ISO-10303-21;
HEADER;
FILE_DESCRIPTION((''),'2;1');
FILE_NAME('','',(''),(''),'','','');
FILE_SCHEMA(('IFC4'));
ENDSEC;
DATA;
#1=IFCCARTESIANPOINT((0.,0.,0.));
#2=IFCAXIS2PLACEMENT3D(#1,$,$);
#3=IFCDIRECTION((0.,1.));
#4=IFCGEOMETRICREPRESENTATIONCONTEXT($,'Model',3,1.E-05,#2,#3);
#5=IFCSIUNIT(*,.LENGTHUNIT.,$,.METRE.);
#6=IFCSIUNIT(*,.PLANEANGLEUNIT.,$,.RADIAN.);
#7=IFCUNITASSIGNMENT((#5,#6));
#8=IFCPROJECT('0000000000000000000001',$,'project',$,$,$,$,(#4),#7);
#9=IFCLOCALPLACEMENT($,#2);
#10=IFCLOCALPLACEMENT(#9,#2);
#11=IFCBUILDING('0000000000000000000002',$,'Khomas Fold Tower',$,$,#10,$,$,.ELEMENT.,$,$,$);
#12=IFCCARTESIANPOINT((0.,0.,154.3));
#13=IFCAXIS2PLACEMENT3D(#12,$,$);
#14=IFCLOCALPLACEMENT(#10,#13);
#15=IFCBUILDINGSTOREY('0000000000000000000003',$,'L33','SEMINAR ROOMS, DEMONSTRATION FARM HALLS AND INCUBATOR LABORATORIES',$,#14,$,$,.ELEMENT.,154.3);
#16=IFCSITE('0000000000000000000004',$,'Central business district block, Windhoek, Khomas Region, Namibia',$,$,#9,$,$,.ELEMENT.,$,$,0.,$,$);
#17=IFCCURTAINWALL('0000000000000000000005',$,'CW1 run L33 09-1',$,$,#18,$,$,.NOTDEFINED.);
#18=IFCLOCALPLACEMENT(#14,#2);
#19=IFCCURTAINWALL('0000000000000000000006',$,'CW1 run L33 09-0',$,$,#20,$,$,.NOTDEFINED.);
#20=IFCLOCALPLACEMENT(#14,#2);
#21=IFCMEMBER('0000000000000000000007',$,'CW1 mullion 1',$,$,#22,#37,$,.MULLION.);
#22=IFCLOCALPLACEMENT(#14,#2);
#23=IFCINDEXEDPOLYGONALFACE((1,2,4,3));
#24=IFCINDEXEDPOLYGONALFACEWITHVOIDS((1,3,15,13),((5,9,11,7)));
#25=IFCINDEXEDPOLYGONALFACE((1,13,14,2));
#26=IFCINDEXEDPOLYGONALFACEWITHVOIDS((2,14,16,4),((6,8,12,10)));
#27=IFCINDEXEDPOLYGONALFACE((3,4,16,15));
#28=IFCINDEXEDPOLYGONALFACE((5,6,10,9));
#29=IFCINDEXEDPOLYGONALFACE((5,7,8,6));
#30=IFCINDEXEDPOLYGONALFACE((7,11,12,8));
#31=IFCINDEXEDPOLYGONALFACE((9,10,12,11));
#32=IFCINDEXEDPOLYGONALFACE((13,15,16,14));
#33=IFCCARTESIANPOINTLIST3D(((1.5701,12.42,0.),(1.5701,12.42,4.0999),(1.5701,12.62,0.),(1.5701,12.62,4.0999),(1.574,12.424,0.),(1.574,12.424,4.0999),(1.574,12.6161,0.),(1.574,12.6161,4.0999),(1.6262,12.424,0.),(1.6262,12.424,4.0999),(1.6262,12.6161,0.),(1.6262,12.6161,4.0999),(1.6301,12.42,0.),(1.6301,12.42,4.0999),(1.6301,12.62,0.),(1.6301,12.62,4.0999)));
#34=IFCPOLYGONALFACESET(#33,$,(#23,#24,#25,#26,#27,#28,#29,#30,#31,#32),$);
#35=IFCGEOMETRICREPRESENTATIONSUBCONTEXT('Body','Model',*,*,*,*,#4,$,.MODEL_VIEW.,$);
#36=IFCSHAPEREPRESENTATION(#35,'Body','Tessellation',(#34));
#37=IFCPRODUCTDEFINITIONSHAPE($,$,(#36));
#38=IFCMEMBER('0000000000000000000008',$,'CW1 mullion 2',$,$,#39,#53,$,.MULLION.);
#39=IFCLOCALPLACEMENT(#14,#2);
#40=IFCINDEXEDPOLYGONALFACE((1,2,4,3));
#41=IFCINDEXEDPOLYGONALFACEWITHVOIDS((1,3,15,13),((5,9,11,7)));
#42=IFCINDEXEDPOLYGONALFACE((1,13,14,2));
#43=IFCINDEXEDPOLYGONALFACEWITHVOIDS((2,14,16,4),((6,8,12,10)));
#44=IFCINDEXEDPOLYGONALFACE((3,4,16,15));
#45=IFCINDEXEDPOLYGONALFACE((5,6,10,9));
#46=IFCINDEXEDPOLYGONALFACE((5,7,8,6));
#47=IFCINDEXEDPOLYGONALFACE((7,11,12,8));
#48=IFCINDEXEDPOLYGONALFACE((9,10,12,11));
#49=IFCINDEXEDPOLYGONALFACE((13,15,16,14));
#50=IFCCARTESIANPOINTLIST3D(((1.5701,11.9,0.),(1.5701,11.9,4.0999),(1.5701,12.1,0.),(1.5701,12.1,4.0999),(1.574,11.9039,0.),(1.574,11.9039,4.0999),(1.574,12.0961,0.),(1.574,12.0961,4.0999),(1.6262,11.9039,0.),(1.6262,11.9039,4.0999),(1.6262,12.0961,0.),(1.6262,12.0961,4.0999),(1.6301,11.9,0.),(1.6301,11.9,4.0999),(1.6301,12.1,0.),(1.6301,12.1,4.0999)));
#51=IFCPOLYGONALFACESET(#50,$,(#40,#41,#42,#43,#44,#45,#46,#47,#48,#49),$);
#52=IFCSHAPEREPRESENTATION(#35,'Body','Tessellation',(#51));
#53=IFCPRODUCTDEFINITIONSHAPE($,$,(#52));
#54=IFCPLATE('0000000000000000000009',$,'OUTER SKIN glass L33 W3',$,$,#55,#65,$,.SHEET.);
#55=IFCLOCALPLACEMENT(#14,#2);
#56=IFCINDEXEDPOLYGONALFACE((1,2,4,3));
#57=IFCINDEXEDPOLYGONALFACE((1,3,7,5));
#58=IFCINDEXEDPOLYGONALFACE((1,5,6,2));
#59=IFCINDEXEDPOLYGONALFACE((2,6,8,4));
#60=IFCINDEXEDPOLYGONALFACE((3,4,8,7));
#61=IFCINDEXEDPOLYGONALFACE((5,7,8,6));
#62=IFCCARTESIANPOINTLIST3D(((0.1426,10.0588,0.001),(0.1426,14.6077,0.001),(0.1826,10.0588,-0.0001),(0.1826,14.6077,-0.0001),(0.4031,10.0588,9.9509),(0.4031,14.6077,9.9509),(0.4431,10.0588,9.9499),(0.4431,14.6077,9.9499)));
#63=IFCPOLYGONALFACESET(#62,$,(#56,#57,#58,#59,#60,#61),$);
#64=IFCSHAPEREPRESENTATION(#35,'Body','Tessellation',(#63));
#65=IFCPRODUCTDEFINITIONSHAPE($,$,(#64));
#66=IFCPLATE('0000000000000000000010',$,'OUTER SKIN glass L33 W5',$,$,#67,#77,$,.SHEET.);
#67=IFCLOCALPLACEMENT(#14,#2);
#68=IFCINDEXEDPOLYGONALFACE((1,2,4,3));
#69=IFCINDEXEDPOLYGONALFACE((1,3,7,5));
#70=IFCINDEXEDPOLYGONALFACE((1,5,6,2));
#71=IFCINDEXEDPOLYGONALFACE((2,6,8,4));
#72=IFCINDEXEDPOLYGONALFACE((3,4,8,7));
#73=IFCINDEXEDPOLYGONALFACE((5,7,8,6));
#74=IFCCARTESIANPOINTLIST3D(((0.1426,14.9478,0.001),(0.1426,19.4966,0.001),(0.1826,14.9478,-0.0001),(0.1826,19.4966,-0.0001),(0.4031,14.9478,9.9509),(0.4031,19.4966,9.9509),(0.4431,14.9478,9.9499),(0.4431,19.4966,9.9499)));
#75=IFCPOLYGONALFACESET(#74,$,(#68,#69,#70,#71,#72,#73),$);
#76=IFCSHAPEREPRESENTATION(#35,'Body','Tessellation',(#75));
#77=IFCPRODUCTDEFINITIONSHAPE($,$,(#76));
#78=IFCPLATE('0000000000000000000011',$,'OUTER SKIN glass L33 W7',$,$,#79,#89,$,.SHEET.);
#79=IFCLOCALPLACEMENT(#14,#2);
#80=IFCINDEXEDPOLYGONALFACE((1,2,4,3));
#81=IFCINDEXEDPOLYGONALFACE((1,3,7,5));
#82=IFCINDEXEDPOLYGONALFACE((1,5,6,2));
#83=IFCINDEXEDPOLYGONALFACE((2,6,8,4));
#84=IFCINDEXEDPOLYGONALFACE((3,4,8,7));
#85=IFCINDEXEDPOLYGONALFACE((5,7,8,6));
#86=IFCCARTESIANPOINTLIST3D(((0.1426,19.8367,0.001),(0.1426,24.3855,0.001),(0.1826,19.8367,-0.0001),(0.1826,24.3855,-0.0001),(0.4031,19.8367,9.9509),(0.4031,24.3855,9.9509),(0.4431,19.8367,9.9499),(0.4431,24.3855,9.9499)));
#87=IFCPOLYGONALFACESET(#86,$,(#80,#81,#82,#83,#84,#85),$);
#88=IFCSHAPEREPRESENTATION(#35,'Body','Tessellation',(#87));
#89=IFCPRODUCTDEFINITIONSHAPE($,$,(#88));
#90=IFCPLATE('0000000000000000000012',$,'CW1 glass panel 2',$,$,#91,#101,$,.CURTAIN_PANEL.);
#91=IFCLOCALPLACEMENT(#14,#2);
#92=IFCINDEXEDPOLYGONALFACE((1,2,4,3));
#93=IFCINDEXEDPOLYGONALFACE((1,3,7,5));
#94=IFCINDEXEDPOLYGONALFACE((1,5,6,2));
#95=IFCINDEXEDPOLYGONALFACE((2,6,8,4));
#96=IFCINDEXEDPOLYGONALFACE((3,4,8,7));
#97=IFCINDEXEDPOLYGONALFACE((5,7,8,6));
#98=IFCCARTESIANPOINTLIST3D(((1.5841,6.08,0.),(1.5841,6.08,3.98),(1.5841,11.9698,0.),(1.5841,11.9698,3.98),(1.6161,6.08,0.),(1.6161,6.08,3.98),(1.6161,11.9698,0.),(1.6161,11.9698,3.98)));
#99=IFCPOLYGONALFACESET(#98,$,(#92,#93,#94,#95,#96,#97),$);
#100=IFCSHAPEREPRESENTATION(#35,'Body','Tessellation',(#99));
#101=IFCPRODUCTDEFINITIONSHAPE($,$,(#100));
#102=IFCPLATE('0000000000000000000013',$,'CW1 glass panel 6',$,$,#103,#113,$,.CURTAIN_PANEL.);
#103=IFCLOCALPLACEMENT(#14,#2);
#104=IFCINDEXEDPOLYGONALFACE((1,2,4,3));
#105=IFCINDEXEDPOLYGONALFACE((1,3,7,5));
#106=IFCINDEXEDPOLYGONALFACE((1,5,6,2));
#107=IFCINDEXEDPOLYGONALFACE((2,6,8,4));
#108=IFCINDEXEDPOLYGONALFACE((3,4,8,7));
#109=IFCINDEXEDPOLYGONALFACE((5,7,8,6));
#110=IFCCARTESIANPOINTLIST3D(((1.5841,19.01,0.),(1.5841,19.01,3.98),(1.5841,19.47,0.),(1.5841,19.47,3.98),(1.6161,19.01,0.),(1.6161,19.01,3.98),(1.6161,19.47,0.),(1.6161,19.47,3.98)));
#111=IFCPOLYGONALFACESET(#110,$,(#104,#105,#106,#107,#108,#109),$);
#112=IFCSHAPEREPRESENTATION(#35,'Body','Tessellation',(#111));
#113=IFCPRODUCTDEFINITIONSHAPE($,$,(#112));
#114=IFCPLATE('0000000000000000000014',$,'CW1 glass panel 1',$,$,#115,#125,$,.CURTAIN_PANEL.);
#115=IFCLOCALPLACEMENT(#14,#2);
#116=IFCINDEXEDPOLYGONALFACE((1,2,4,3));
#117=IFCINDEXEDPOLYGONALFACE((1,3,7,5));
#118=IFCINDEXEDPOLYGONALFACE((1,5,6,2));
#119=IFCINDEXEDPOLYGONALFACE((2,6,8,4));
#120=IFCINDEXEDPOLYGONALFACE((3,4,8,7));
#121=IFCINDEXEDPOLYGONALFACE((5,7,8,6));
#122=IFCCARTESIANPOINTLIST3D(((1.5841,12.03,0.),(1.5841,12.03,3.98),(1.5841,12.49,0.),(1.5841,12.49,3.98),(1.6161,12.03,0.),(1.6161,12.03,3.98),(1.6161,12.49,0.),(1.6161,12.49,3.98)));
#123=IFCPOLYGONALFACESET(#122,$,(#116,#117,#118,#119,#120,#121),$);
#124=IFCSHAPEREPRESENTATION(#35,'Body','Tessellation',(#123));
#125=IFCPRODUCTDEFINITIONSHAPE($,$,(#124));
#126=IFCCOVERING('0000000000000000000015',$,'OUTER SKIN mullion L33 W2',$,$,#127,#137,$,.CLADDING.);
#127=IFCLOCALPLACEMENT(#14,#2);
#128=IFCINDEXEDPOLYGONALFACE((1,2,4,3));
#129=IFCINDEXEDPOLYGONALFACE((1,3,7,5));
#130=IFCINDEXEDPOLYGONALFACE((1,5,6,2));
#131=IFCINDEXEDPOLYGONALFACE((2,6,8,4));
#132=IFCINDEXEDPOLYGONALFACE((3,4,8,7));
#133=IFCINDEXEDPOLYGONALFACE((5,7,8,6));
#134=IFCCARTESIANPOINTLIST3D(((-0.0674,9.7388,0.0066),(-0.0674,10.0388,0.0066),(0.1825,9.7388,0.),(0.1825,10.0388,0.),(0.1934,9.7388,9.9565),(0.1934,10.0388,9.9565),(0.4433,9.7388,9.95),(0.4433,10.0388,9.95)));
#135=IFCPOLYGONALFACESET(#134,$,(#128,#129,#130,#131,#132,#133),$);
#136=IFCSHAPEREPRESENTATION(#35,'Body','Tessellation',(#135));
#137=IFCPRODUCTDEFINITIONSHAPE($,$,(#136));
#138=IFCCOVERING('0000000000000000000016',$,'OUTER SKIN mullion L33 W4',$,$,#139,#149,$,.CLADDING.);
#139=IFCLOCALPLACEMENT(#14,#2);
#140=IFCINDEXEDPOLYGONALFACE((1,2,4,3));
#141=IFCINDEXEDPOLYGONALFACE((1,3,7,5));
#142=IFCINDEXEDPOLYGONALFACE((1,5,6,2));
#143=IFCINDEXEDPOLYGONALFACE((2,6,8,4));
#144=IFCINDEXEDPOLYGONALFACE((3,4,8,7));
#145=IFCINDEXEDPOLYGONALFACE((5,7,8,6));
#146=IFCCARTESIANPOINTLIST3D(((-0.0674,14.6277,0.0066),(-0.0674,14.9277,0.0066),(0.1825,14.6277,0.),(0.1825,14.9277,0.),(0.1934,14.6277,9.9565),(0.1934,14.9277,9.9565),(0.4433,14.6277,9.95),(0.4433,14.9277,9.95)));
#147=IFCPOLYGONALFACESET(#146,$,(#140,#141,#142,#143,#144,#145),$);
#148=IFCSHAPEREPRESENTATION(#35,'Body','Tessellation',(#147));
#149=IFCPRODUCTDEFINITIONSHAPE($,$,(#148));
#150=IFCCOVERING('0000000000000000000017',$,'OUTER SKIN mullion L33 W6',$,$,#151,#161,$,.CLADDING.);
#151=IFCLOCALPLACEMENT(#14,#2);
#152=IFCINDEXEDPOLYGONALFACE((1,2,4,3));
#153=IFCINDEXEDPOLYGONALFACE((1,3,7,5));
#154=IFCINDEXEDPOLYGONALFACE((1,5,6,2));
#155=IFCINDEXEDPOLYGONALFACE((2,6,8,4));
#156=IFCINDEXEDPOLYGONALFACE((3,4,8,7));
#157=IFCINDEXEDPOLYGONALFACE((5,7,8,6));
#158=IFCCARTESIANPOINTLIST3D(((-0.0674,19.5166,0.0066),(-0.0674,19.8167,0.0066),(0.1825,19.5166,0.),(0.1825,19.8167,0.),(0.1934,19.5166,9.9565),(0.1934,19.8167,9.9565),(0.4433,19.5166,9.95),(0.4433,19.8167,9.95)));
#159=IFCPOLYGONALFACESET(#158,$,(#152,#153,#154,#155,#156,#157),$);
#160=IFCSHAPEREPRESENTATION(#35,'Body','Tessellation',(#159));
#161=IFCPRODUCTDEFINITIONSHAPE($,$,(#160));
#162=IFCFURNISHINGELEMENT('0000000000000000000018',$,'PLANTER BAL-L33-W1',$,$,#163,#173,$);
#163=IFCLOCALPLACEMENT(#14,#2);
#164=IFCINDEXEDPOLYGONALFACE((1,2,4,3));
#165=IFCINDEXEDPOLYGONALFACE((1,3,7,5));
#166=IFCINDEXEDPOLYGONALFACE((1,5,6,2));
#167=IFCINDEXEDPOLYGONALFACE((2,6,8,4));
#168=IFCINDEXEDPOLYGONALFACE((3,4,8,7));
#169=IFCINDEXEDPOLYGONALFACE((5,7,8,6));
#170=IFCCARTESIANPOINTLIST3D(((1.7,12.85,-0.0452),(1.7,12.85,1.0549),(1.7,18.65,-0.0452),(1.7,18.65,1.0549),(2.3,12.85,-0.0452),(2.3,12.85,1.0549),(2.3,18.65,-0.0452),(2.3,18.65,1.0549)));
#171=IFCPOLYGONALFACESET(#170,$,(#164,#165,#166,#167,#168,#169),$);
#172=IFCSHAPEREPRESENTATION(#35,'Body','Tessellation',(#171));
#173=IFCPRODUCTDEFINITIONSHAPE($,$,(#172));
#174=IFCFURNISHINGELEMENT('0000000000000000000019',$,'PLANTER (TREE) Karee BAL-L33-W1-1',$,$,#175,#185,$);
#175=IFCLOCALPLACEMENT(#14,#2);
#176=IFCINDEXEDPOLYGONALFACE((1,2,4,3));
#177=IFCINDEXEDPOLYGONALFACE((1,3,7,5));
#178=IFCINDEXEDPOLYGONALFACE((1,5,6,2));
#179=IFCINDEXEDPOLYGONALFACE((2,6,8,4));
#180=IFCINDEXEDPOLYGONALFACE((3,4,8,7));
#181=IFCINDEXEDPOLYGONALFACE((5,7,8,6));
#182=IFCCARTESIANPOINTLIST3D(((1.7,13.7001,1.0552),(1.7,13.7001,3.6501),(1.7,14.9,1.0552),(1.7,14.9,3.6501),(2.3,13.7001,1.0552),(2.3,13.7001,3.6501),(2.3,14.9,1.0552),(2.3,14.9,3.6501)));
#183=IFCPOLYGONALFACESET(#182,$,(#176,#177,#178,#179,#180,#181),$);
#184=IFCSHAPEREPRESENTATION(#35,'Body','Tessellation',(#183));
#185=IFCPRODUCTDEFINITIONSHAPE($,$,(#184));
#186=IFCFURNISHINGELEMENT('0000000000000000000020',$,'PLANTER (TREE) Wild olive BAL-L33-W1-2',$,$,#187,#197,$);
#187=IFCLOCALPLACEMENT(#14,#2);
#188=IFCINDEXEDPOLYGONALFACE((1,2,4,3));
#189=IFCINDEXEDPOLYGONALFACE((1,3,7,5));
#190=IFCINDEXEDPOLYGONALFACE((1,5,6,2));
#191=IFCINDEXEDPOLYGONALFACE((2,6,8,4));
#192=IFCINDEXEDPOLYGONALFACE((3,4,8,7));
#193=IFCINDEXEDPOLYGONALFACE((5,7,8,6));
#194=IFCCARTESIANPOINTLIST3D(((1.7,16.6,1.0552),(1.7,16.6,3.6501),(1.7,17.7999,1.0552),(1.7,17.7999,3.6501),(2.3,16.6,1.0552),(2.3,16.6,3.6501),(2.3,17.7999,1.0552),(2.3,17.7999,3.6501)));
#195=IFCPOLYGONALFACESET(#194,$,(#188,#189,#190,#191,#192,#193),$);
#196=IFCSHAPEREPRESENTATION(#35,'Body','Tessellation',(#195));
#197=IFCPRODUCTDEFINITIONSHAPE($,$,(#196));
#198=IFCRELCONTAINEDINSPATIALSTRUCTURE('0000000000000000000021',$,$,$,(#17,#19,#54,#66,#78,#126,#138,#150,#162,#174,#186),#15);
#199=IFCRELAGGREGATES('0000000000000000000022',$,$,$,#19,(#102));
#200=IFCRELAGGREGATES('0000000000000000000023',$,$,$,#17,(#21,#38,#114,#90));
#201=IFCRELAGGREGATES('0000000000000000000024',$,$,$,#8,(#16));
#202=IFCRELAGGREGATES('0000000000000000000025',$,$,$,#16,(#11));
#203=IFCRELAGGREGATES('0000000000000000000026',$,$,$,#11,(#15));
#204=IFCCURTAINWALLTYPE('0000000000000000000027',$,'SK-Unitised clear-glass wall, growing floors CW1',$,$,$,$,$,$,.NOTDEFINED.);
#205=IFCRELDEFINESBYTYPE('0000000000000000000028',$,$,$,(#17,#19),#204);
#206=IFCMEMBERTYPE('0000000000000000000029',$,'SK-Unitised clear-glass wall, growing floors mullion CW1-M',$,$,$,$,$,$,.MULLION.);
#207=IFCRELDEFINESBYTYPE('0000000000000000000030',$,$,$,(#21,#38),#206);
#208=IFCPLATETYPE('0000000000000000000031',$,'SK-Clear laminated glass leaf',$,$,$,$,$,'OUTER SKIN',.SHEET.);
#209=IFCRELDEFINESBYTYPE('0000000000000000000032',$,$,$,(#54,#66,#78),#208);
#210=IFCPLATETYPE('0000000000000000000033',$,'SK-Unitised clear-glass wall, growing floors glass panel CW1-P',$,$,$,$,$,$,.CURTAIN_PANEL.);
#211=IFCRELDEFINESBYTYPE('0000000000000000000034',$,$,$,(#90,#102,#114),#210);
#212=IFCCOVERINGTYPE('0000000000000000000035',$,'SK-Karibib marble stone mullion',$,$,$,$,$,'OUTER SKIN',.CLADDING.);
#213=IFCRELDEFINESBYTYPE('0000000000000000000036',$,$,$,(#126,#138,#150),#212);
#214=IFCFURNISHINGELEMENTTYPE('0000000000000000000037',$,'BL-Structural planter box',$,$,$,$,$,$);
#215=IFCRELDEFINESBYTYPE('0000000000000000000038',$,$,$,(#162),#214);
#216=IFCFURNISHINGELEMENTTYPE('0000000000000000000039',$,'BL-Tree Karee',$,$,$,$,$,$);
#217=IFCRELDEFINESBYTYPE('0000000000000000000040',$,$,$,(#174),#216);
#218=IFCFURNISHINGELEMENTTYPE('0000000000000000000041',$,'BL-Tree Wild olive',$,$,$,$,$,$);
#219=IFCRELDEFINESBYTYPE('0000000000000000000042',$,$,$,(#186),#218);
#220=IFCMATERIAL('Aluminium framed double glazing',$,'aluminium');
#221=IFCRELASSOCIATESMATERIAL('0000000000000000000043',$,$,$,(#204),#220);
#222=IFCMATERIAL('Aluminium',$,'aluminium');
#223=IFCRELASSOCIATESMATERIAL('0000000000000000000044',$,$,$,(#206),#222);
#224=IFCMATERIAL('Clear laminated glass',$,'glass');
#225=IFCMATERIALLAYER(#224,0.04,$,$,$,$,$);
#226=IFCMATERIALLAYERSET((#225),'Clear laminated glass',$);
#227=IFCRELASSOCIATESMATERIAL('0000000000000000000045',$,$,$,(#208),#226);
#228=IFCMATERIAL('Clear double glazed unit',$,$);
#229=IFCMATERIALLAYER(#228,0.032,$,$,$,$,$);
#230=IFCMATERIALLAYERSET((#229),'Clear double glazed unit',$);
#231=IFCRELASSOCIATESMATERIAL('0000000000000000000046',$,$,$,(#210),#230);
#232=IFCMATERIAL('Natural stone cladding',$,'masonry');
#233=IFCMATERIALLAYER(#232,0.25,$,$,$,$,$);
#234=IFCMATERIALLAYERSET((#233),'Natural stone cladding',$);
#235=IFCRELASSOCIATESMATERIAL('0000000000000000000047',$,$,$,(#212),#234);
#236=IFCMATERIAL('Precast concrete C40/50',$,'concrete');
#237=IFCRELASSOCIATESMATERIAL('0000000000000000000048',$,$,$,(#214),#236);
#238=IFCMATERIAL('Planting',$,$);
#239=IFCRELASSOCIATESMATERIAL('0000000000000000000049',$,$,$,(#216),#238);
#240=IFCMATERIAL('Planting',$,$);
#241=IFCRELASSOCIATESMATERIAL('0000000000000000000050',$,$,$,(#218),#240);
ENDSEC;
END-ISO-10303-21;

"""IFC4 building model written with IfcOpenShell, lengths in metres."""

from ifc_helpers import new_model, si_unit, direction, frame, origin, origin_2d, place, context, subcontext, project, spatial, polyline, rectangle, hollow_rectangle, outline, extrude, source, transform, mapped, material, layer, layer_set, material_profile, profile_set, type_object, element, aggregate, save


model = new_model("IFC4")

# Units and contexts
model_context = context("Model", 3, precision=1e-05, world=origin(), true_north=direction((0.0, 1.0)))
body_context = subcontext(model_context, "Body", "Model", "MODEL_VIEW")
ifc_project = project(units=[si_unit("LENGTHUNIT", "METRE"), si_unit("PLANEANGLEUNIT", "RADIAN")], contexts=[model_context])

# Site, building, storey
site_placement = place(None, origin())
site = spatial("IfcSite", under=ifc_project, at=site_placement, Name="Central business district block, Windhoek, Khomas Region, Namibia", CompositionType="ELEMENT", RefElevation=0.0)
building_placement = place(site_placement, origin())
building = spatial("IfcBuilding", under=site, at=building_placement, Name="Khomas Fold Tower", CompositionType="ELEMENT")
storey_placement = place(building_placement, frame((0.0, 0.0, 154.3)))
storey = spatial("IfcBuildingStorey", under=building, at=storey_placement, Name="L33", Description="SEMINAR ROOMS, DEMONSTRATION FARM HALLS AND INCUBATOR LABORATORIES", CompositionType="ELEMENT", Elevation=154.3)

# Curtain walls
ifc_material_1 = material(Name="Aluminium framed double glazing", Category="aluminium")
curtain_wall_type = type_object("IfcCurtainWallType", Name="SK-Unitised clear-glass wall, growing floors CW1", PredefinedType="NOTDEFINED", material=ifc_material_1)
curtain_wall_1_placement = place(storey_placement, origin())
curtain_wall_1 = element("IfcCurtainWall", 1, at=curtain_wall_1_placement, inside=storey, type_object=curtain_wall_type, Name="CW1 run L33 09-1", PredefinedType="NOTDEFINED")
curtain_wall_2_placement = place(storey_placement, origin())
curtain_wall_2 = element("IfcCurtainWall", 2, at=curtain_wall_2_placement, inside=storey, type_object=curtain_wall_type, Name="CW1 run L33 09-0", PredefinedType="NOTDEFINED")

# Members
ifc_material_2 = material(Name="Aluminium", Category="aluminium")
ifc_material_profile_1 = material_profile(ifc_material_2, hollow_rectangle(XDim=0.0601, YDim=0.2, WallThickness=0.0039, at=origin_2d()), Name="SK-Unitised clear-glass wall, growing floors mullion CW1-M")
ifc_profile_set_1 = profile_set([ifc_material_profile_1], Name="Aluminium")
member_type_1 = type_object("IfcMemberType", Name="SK-Unitised clear-glass wall, growing floors mullion CW1-M", PredefinedType="MULLION", material=ifc_profile_set_1)
shared_shape_1 = source(origin(), body_context, "Body", "SweptSolid", [
    extrude(hollow_rectangle(XDim=0.0601, YDim=0.2, WallThickness=0.0039, at=origin_2d()), origin(), (0.0, 0.0, 1.0), 4.0999),
])
member_1_placement = place(storey_placement, frame((1.6001, 12.52, 0.0), z_axis=(0.0, 0.0, 1.0), x_axis=(1.0, 0.0, 0.0)))
member_1 = element("IfcMember", 3, at=member_1_placement, type_object=member_type_1, Name="CW1 mullion 1", PredefinedType="MULLION", context=body_context, shape_type="MappedRepresentation", body=[
    mapped(shared_shape_1, transform((0.0, 0.0, 0.0))),
])
member_2_placement = place(storey_placement, frame((1.6001, 12.0, 0.0), z_axis=(0.0, 0.0, 1.0), x_axis=(1.0, 0.0, 0.0)))
member_2 = element("IfcMember", 4, at=member_2_placement, type_object=member_type_1, Name="CW1 mullion 2", PredefinedType="MULLION", context=body_context, shape_type="MappedRepresentation", body=[
    mapped(shared_shape_1, transform((0.0, 0.0, 0.0))),
])

# Plates
ifc_material_3 = material(Name="Clear laminated glass", Category="glass")
ifc_layer_1 = layer(ifc_material_3, 0.04)
ifc_layer_set_1 = layer_set([ifc_layer_1], Name="Clear laminated glass")
plate_type_1 = type_object("IfcPlateType", Name="SK-Clear laminated glass leaf", ElementType="OUTER SKIN", PredefinedType="SHEET", material=ifc_layer_set_1)
for number, where, z_axis, x_axis, name in (
    (5, (0.1426, 10.0588, 0.001), (-0.999657, 0.0, 0.026172), (0.0, 1.0, 0.0), "OUTER SKIN glass L33 W3"),
    (6, (0.1426, 14.9478, 0.001), (-0.999657, 0.0, 0.026172), (0.0, 1.0, 0.0), "OUTER SKIN glass L33 W5"),
    (7, (0.1426, 19.8367, 0.001), (-0.999657, 0.0, 0.026172), (0.0, 1.0, 0.0), "OUTER SKIN glass L33 W7"),
):
    element("IfcPlate", number, at=place(storey_placement, frame(where, z_axis=z_axis, x_axis=x_axis)), inside=storey, type_object=plate_type_1, Name=name, PredefinedType="SHEET", context=body_context, shape_type="SweptSolid", body=[
        extrude(outline(polyline([(0.0, 0.0), (4.5488, 0.0), (4.5488, -9.9534), (0.0, -9.9534), (0.0, 0.0)])), origin(), (0.0, 0.0, -1.0), 0.04),
    ])

# Plates
ifc_material_4 = material(Name="Clear double glazed unit")
ifc_layer_2 = layer(ifc_material_4, 0.032)
ifc_layer_set_2 = layer_set([ifc_layer_2], Name="Clear double glazed unit")
plate_type_2 = type_object("IfcPlateType", Name="SK-Unitised clear-glass wall, growing floors glass panel CW1-P", PredefinedType="CURTAIN_PANEL", material=ifc_layer_set_2)
shared_shape_2 = source(origin(), body_context, "Body", "SweptSolid", [
    extrude(rectangle(XDim=5.8899, YDim=0.032, at=origin_2d()), origin(), (0.0, 0.0, 1.0), 3.98),
])
plate_1_placement = place(storey_placement, frame((1.6001, 9.0249, 0.0), z_axis=(0.0, 0.0, 1.0), x_axis=(0.0, -1.0, 0.0)))
plate_1 = element("IfcPlate", 8, at=plate_1_placement, type_object=plate_type_2, Name="CW1 glass panel 2", PredefinedType="CURTAIN_PANEL", context=body_context, shape_type="MappedRepresentation", body=[
    mapped(shared_shape_2, transform((0.0, 0.0, 0.0))),
])
shared_shape_3 = source(origin(), body_context, "Body", "SweptSolid", [
    extrude(rectangle(XDim=0.46, YDim=0.032, at=origin_2d()), origin(), (0.0, 0.0, 1.0), 3.98),
])
plate_2_placement = place(storey_placement, frame((1.6001, 19.24, 0.0), z_axis=(0.0, 0.0, 1.0), x_axis=(0.0, -1.0, 0.0)))
plate_2 = element("IfcPlate", 9, at=plate_2_placement, type_object=plate_type_2, Name="CW1 glass panel 6", PredefinedType="CURTAIN_PANEL", context=body_context, shape_type="MappedRepresentation", body=[
    mapped(shared_shape_3, transform((0.0, 0.0, 0.0))),
])
aggregate(curtain_wall_2, [plate_2])
plate_3_placement = place(storey_placement, frame((1.6001, 12.26, 0.0), z_axis=(0.0, 0.0, 1.0), x_axis=(0.0, -1.0, 0.0)))
plate_3 = element("IfcPlate", 10, at=plate_3_placement, type_object=plate_type_2, Name="CW1 glass panel 1", PredefinedType="CURTAIN_PANEL", context=body_context, shape_type="MappedRepresentation", body=[
    mapped(shared_shape_3, transform((0.0, 0.0, 0.0))),
])
aggregate(curtain_wall_1, [member_1, member_2, plate_3, plate_1])

# Coverings
ifc_material_5 = material(Name="Natural stone cladding", Category="masonry")
ifc_layer_3 = layer(ifc_material_5, 0.25)
ifc_layer_set_3 = layer_set([ifc_layer_3], Name="Natural stone cladding")
covering_type = type_object("IfcCoveringType", Name="SK-Karibib marble stone mullion", ElementType="OUTER SKIN", PredefinedType="CLADDING", material=ifc_layer_set_3)
for number, where, z_axis, x_axis, name in (
    (11, (-0.0674, 9.7388, 0.0066), (-0.999657, 0.0, 0.026196), (0.0, 1.0, 0.0), "OUTER SKIN mullion L33 W2"),
    (12, (-0.0674, 14.6277, 0.0066), (-0.999657, 0.0, 0.026196), (0.0, 1.0, 0.0), "OUTER SKIN mullion L33 W4"),
    (13, (-0.0674, 19.5166, 0.0066), (-0.999657, 0.0, 0.026196), (0.0, 1.0, 0.0), "OUTER SKIN mullion L33 W6"),
):
    element("IfcCovering", number, at=place(storey_placement, frame(where, z_axis=z_axis, x_axis=x_axis)), inside=storey, type_object=covering_type, Name=name, PredefinedType="CLADDING", context=body_context, shape_type="SweptSolid", body=[
        extrude(outline(polyline([(0.0, 0.0), (0.3, 0.0), (0.3, -9.9534), (0.0, -9.9534), (0.0, 0.0)])), origin(), (0.0, 0.0, -1.0), 0.25),
    ])

# Furnishing elements
ifc_material_6 = material(Name="Precast concrete C40/50", Category="concrete")
furnishing_element_type_1 = type_object("IfcFurnishingElementType", Name="BL-Structural planter box", material=ifc_material_6)
shared_shape_4 = source(origin(), body_context, "Body", "SweptSolid", [
    extrude(rectangle(XDim=5.8, YDim=0.6001, at=origin_2d()), origin(), (0.0, 0.0, 1.0), 1.1001),
])
furnishing_1_placement = place(storey_placement, frame((2.0, 15.75, -0.0452), z_axis=(0.0, 0.0, 1.0), x_axis=(0.0, 1.0, 0.0)))
element("IfcFurnishingElement", 14, at=furnishing_1_placement, inside=storey, type_object=furnishing_element_type_1, Name="PLANTER BAL-L33-W1", context=body_context, shape_type="MappedRepresentation", body=[
    mapped(shared_shape_4, transform((0.0, 0.0, 0.0))),
])
ifc_material_7 = material(Name="Planting")
furnishing_element_type_2 = type_object("IfcFurnishingElementType", Name="BL-Tree Karee", material=ifc_material_7)
shared_shape_5 = source(origin(), body_context, "Body", "SweptSolid", [
    extrude(rectangle(XDim=1.2, YDim=0.6001, at=origin_2d()), origin(), (0.0, 0.0, 1.0), 2.595),
])
furnishing_2_placement = place(storey_placement, frame((2.0, 14.3, 1.0552), z_axis=(0.0, 0.0, 1.0), x_axis=(0.0, 1.0, 0.0)))
element("IfcFurnishingElement", 15, at=furnishing_2_placement, inside=storey, type_object=furnishing_element_type_2, Name="PLANTER (TREE) Karee BAL-L33-W1-1", context=body_context, shape_type="MappedRepresentation", body=[
    mapped(shared_shape_5, transform((0.0, 0.0, 0.0))),
])
ifc_material_8 = material(Name="Planting")
furnishing_element_type_3 = type_object("IfcFurnishingElementType", Name="BL-Tree Wild olive", material=ifc_material_8)
furnishing_3_placement = place(storey_placement, frame((2.0, 17.2, 1.0552), z_axis=(0.0, 0.0, 1.0), x_axis=(0.0, 1.0, 0.0)))
element("IfcFurnishingElement", 16, at=furnishing_3_placement, inside=storey, type_object=furnishing_element_type_3, Name="PLANTER (TREE) Wild olive BAL-L33-W1-2", context=body_context, shape_type="MappedRepresentation", body=[
    mapped(shared_shape_5, transform((0.0, 0.0, 0.0))),
])

save(model, "model.ifc")
